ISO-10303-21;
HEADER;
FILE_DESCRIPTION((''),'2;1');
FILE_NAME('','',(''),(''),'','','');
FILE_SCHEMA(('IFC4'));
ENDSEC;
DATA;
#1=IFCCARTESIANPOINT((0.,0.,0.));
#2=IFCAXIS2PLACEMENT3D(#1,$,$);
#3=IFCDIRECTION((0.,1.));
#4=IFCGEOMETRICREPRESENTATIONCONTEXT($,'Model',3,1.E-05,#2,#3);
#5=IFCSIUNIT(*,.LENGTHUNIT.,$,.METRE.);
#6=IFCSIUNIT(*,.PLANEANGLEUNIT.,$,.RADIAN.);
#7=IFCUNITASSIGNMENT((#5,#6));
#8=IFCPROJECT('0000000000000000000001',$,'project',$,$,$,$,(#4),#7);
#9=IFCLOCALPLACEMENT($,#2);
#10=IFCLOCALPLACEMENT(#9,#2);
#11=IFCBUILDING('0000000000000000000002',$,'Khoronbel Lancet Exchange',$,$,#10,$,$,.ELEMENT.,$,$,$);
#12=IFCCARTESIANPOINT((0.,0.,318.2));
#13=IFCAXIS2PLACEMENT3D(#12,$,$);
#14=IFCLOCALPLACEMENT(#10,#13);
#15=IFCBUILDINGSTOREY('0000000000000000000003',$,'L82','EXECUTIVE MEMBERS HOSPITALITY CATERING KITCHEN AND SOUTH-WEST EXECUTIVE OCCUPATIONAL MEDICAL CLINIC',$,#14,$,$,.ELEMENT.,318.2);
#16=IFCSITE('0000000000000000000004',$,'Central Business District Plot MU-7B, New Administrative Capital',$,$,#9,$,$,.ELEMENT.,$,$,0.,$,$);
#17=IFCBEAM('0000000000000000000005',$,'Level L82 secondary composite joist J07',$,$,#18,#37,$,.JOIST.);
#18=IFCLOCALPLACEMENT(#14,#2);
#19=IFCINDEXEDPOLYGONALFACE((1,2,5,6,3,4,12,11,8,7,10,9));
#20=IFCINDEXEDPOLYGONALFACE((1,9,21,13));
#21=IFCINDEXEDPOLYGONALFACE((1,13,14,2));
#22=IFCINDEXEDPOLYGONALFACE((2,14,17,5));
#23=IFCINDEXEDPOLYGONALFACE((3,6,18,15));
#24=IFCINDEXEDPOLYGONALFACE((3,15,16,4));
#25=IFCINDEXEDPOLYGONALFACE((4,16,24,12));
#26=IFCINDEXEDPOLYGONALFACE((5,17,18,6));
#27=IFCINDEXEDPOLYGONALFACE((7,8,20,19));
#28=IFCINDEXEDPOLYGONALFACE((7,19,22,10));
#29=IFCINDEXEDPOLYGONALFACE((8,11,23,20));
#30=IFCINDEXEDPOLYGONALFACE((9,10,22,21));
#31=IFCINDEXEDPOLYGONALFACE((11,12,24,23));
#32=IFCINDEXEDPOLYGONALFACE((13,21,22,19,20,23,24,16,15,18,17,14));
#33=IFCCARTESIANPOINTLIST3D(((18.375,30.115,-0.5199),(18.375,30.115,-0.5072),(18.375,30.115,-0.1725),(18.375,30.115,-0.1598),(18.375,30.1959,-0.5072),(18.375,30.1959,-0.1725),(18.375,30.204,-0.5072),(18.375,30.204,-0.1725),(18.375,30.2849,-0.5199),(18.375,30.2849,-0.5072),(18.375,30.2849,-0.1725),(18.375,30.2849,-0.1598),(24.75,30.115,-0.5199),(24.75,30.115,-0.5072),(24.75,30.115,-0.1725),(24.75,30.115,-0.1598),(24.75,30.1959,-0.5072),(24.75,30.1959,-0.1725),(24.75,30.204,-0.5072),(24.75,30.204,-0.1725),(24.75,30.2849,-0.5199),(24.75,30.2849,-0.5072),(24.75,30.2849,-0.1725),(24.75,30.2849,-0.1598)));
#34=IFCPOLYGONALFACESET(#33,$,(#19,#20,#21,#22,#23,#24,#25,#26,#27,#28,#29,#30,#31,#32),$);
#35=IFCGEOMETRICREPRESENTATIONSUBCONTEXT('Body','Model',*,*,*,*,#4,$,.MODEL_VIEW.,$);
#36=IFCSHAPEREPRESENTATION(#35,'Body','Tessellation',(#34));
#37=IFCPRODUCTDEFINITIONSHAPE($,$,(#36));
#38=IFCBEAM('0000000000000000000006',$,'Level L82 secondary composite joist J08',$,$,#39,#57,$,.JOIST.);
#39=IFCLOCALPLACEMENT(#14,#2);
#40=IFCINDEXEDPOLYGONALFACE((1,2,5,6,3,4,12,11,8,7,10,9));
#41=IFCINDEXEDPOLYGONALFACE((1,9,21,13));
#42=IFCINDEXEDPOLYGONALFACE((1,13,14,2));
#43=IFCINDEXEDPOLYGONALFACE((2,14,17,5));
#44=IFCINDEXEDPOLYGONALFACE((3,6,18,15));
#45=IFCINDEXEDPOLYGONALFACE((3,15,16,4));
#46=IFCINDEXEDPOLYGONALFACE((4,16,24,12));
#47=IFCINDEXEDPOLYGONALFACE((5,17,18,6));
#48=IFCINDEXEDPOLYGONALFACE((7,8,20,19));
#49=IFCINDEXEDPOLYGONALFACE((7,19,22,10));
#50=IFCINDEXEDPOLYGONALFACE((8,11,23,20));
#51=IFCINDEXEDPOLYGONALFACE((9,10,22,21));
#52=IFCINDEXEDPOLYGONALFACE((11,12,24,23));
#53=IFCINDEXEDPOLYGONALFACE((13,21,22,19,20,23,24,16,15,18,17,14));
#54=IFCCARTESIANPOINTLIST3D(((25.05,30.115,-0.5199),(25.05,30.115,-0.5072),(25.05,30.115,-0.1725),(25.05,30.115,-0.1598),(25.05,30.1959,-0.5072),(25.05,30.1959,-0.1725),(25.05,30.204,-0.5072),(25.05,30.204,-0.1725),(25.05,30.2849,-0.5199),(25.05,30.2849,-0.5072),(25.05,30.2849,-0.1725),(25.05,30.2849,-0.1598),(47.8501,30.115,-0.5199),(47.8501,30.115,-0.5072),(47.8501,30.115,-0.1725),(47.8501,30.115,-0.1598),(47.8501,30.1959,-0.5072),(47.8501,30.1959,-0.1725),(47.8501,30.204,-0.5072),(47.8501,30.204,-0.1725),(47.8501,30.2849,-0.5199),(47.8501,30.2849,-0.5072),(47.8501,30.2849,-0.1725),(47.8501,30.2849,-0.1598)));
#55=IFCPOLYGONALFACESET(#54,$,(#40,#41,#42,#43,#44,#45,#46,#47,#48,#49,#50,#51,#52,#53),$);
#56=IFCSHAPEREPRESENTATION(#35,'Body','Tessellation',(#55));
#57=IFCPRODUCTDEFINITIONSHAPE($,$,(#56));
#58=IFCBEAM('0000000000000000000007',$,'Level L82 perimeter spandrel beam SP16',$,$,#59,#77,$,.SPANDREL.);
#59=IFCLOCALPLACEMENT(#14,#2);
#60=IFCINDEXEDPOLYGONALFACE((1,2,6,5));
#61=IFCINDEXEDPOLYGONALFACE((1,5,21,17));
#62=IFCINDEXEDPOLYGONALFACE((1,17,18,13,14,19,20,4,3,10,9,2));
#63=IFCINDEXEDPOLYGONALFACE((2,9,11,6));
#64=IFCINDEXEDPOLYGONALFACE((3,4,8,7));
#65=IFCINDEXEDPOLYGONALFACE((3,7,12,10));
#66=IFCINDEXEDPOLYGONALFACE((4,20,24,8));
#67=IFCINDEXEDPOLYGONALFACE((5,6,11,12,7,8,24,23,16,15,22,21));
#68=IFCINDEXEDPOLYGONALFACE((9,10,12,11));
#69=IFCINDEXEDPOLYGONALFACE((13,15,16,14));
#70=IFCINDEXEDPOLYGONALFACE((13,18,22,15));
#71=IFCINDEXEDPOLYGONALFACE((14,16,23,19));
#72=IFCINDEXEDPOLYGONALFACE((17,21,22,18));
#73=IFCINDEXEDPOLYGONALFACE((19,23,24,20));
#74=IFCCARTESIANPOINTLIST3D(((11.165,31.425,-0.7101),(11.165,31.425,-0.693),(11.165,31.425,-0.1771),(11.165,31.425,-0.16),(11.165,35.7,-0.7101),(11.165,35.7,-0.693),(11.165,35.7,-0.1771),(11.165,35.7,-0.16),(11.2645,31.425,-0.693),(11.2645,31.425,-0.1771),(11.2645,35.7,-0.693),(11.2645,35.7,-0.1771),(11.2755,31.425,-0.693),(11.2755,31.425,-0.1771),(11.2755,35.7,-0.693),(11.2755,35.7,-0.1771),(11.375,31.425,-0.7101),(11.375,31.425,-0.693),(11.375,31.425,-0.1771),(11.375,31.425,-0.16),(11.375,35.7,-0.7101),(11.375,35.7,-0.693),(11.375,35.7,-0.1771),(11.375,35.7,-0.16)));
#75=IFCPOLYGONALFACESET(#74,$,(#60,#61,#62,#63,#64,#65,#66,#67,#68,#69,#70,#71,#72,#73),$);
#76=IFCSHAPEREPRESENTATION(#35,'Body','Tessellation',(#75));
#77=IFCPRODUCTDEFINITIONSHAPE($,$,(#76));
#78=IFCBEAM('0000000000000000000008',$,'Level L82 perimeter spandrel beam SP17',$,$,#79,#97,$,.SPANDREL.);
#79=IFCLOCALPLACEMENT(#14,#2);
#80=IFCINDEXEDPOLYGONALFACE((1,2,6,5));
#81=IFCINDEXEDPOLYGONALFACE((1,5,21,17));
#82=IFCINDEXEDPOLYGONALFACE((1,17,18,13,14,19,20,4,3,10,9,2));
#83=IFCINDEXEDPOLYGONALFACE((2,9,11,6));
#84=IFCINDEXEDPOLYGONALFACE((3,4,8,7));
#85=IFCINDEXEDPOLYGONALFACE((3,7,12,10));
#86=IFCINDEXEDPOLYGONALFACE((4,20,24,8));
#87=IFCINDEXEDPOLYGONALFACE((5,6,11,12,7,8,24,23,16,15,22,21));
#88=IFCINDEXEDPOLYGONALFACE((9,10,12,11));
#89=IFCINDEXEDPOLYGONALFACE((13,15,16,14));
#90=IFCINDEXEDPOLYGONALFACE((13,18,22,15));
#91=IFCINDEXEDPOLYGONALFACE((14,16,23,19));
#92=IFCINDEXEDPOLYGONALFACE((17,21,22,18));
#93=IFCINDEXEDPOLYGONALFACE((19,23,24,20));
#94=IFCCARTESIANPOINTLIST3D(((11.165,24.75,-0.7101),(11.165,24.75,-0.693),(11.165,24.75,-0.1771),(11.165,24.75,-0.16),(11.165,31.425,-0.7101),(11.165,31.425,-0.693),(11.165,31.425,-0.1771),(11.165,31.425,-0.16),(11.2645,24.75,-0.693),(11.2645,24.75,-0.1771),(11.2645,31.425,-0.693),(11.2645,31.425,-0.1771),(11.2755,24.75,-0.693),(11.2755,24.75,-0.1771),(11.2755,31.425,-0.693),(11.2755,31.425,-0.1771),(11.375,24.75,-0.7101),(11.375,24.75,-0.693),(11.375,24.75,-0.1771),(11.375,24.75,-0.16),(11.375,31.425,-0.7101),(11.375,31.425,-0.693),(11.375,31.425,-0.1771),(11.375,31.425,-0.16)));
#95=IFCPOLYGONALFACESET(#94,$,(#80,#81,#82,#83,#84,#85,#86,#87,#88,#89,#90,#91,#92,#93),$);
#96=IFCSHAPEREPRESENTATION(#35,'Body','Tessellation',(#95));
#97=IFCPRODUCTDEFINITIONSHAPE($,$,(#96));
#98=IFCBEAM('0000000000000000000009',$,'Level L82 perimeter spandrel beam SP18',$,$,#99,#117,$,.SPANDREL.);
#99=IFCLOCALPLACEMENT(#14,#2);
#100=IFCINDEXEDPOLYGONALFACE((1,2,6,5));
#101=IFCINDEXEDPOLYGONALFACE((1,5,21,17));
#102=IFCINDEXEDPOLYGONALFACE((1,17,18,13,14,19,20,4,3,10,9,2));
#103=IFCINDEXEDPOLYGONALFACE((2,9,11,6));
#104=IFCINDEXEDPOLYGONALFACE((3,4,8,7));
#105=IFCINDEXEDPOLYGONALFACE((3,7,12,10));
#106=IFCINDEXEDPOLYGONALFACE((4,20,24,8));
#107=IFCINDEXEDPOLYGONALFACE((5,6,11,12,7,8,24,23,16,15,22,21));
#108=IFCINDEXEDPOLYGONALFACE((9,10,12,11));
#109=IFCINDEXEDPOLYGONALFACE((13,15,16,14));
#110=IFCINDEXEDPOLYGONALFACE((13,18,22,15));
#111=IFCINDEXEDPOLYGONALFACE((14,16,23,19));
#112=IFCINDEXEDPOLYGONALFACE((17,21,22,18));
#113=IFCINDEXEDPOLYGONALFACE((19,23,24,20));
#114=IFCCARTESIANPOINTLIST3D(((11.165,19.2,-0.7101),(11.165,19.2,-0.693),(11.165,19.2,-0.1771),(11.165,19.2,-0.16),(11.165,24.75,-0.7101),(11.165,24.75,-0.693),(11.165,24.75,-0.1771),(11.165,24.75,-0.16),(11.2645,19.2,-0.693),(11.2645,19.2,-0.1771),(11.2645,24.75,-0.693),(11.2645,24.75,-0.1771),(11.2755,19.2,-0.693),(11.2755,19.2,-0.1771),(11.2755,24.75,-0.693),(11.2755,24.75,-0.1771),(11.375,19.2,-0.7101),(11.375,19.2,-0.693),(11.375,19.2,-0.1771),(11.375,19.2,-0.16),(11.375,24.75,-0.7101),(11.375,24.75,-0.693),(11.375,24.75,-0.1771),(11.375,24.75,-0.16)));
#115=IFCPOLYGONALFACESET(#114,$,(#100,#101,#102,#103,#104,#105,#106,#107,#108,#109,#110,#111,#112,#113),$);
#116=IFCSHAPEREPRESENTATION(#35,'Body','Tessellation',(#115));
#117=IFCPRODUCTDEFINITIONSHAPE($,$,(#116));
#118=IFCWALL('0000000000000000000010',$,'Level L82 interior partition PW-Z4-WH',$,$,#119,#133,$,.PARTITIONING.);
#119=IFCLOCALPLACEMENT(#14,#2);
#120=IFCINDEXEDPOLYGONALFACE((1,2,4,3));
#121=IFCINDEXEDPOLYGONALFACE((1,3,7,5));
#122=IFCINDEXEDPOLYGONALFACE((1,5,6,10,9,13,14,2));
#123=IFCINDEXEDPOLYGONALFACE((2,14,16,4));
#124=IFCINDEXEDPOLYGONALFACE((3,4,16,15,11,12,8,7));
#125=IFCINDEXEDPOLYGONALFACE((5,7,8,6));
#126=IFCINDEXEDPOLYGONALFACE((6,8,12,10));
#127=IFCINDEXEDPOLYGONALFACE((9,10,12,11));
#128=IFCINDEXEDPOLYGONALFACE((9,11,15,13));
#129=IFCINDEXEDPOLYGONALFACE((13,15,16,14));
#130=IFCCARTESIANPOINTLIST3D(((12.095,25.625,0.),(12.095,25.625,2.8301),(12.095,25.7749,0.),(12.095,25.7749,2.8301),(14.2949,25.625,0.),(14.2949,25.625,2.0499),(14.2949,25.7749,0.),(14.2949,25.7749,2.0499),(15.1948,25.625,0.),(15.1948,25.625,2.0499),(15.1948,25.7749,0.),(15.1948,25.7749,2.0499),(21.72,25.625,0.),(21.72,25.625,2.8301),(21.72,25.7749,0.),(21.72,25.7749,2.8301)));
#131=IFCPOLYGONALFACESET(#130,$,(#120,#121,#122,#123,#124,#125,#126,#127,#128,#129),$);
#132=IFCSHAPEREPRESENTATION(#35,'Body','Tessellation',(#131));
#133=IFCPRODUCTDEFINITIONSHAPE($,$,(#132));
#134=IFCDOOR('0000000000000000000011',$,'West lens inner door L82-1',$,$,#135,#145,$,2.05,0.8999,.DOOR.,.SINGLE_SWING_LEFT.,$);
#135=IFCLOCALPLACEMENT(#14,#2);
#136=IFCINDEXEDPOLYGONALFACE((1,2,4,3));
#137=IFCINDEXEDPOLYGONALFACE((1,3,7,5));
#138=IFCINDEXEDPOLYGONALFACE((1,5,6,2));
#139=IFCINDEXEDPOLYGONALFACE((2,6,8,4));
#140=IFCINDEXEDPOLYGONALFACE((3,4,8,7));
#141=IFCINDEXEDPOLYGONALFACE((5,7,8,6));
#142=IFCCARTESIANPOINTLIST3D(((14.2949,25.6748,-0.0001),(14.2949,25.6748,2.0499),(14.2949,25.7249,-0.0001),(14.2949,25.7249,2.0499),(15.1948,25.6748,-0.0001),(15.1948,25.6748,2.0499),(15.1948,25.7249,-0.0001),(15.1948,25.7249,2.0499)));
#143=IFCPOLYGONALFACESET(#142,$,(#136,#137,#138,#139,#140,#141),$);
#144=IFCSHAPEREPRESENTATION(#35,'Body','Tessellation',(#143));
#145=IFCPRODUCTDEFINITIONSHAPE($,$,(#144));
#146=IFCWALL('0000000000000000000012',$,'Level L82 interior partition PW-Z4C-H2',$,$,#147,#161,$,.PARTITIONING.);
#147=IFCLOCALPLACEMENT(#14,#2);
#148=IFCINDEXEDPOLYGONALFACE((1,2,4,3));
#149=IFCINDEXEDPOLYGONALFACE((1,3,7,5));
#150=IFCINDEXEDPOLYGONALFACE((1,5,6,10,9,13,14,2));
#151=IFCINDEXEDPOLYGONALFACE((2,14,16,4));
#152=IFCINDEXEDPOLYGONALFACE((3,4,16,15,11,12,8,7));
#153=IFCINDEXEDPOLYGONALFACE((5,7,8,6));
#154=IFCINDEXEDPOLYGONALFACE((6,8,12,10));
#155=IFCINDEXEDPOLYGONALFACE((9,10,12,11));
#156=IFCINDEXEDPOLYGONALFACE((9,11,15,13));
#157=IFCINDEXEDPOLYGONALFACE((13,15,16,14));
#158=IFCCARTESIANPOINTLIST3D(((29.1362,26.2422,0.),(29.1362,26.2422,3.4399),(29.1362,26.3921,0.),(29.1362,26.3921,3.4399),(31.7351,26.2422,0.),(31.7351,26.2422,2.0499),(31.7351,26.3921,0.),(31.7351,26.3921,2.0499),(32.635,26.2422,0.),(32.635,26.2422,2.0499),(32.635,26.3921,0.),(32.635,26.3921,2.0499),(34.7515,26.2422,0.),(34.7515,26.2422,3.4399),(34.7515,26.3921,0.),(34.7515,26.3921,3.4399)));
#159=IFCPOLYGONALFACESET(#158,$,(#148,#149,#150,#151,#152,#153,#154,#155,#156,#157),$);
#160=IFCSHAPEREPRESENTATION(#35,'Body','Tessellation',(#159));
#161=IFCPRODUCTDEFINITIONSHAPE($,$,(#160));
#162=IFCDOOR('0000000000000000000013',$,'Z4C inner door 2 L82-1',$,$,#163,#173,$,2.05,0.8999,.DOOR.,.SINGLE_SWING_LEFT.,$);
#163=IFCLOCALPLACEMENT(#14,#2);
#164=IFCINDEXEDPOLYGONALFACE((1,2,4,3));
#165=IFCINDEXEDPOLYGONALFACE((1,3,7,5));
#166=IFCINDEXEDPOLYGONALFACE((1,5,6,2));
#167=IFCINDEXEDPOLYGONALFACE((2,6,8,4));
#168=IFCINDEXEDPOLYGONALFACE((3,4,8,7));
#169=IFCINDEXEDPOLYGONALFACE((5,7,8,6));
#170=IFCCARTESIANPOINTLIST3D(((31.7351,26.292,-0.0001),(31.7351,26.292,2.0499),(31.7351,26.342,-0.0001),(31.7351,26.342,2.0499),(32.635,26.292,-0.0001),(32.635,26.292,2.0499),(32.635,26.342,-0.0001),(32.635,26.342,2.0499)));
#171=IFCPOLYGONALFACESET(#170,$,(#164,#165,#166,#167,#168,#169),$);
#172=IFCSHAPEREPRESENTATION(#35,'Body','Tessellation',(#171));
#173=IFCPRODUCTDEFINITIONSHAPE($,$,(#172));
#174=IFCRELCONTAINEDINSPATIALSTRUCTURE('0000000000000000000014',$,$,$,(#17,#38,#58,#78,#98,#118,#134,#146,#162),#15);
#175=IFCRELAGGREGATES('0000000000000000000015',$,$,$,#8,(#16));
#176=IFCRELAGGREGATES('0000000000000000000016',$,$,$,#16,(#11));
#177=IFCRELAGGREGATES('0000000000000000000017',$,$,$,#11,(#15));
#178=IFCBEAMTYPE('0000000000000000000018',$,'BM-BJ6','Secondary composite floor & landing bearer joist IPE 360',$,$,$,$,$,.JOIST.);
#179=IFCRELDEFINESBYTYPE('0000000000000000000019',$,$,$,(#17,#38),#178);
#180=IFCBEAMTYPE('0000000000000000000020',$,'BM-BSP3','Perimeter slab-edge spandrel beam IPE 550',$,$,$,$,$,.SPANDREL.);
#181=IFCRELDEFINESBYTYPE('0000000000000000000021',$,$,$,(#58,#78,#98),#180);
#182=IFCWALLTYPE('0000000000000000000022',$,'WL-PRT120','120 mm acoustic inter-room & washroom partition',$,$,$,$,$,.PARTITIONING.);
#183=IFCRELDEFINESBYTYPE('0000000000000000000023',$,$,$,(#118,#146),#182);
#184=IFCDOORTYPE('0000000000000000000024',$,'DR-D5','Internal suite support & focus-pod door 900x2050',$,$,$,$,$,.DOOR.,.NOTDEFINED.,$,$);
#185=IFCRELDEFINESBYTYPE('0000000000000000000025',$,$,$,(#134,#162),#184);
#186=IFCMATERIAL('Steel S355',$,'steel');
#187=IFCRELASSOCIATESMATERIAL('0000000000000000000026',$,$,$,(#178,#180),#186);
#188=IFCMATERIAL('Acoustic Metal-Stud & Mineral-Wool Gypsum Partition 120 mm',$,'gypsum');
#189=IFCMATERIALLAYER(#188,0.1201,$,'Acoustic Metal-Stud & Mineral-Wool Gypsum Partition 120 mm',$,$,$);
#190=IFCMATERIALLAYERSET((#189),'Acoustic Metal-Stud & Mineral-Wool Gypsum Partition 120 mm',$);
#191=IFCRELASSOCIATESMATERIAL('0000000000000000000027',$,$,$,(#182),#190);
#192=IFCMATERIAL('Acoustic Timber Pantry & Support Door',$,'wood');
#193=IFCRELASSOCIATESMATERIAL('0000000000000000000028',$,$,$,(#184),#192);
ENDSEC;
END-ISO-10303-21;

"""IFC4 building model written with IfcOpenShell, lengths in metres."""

from ifc_helpers import new_model, si_unit, direction, frame, frame_2d, origin, origin_2d, place, context, subcontext, project, spatial, rectangle, i_section, extrude, material, layer, layer_set, material_profile, profile_set, type_object, element, fill, save


model = new_model("IFC4")

# Units and contexts
model_context = context("Model", 3, precision=1e-05, world=origin(), true_north=direction((0.0, 1.0)))
body_context = subcontext(model_context, "Body", "Model", "MODEL_VIEW")
ifc_project = project(units=[si_unit("LENGTHUNIT", "METRE"), si_unit("PLANEANGLEUNIT", "RADIAN")], contexts=[model_context])

# Site, building, storey
site_placement = place(None, origin())
site = spatial("IfcSite", under=ifc_project, at=site_placement, Name="Central Business District Plot MU-7B, New Administrative Capital", CompositionType="ELEMENT", RefElevation=0.0)
building_placement = place(site_placement, origin())
building = spatial("IfcBuilding", under=site, at=building_placement, Name="Khoronbel Lancet Exchange", CompositionType="ELEMENT")
storey_placement = place(building_placement, frame((0.0, 0.0, 318.2)))
storey = spatial("IfcBuildingStorey", under=building, at=storey_placement, Name="L82", Description="EXECUTIVE MEMBERS HOSPITALITY CATERING KITCHEN AND SOUTH-WEST EXECUTIVE OCCUPATIONAL MEDICAL CLINIC", CompositionType="ELEMENT", Elevation=318.2)

# Shared definitions
ifc_material_1 = material(Name="Steel S355", Category="steel")

# Beams
ifc_material_profile_1 = material_profile(ifc_material_1, i_section(OverallWidth=0.1699, OverallDepth=0.3601, WebThickness=0.0081, FlangeThickness=0.0127, at=origin_2d()), Name="IPE 360")
ifc_profile_set_1 = profile_set([ifc_material_profile_1], Name="Steel S355")
beam_type_1 = type_object("IfcBeamType", Name="BM-BJ6", Description="Secondary composite floor & landing bearer joist IPE 360", PredefinedType="JOIST", material=ifc_profile_set_1)
beam_1_placement = place(storey_placement, frame((18.375, 30.2, -0.3398), z_axis=(1.0, 0.0, 0.0), x_axis=(0.0, 1.0, 0.0)))
element("IfcBeam", 1, at=beam_1_placement, inside=storey, type_object=beam_type_1, Name="Level L82 secondary composite joist J07", PredefinedType="JOIST", context=body_context, shape_type="SweptSolid", body=[
    extrude(i_section(OverallWidth=0.1699, OverallDepth=0.3601, WebThickness=0.0081, FlangeThickness=0.0127, at=origin_2d()), origin(), (0.0, 0.0, 1.0), 6.375),
])
beam_2_placement = place(storey_placement, frame((25.05, 30.2, -0.3398), z_axis=(1.0, 0.0, 0.0), x_axis=(0.0, 1.0, 0.0)))
element("IfcBeam", 2, at=beam_2_placement, inside=storey, type_object=beam_type_1, Name="Level L82 secondary composite joist J08", PredefinedType="JOIST", context=body_context, shape_type="SweptSolid", body=[
    extrude(i_section(OverallWidth=0.1699, OverallDepth=0.3601, WebThickness=0.0081, FlangeThickness=0.0127, at=origin_2d()), origin(), (0.0, 0.0, 1.0), 22.8),
])
ifc_material_profile_2 = material_profile(ifc_material_1, i_section(OverallWidth=0.21, OverallDepth=0.55, WebThickness=0.011, FlangeThickness=0.0171, at=origin_2d()), Name="IPE 550")
ifc_profile_set_2 = profile_set([ifc_material_profile_2], Name="Steel S355")
beam_type_2 = type_object("IfcBeamType", Name="BM-BSP3", Description="Perimeter slab-edge spandrel beam IPE 550", PredefinedType="SPANDREL", material=ifc_profile_set_2)
beam_3_placement = place(storey_placement, frame((11.27, 35.7, -0.4351), z_axis=(0.0, -1.0, 0.0), x_axis=(1.0, 0.0, 0.0)))
element("IfcBeam", 3, at=beam_3_placement, inside=storey, type_object=beam_type_2, Name="Level L82 perimeter spandrel beam SP16", PredefinedType="SPANDREL", context=body_context, shape_type="SweptSolid", body=[
    extrude(i_section(OverallWidth=0.21, OverallDepth=0.55, WebThickness=0.011, FlangeThickness=0.0171, at=origin_2d()), origin(), (0.0, 0.0, 1.0), 4.2749),
])
beam_4_placement = place(storey_placement, frame((11.27, 31.425, -0.4351), z_axis=(0.0, -1.0, 0.0), x_axis=(1.0, 0.0, 0.0)))
element("IfcBeam", 4, at=beam_4_placement, inside=storey, type_object=beam_type_2, Name="Level L82 perimeter spandrel beam SP17", PredefinedType="SPANDREL", context=body_context, shape_type="SweptSolid", body=[
    extrude(i_section(OverallWidth=0.21, OverallDepth=0.55, WebThickness=0.011, FlangeThickness=0.0171, at=origin_2d()), origin(), (0.0, 0.0, 1.0), 6.675),
])
beam_5_placement = place(storey_placement, frame((11.27, 24.75, -0.4351), z_axis=(0.0, -1.0, 0.0), x_axis=(1.0, 0.0, 0.0)))
element("IfcBeam", 5, at=beam_5_placement, inside=storey, type_object=beam_type_2, Name="Level L82 perimeter spandrel beam SP18", PredefinedType="SPANDREL", context=body_context, shape_type="SweptSolid", body=[
    extrude(i_section(OverallWidth=0.21, OverallDepth=0.55, WebThickness=0.011, FlangeThickness=0.0171, at=origin_2d()), origin(), (0.0, 0.0, 1.0), 5.55),
])

# Walls, openings, doors
ifc_material_2 = material(Name="Acoustic Metal-Stud & Mineral-Wool Gypsum Partition 120 mm", Category="gypsum")
ifc_layer_1 = layer(ifc_material_2, 0.1201, Name="Acoustic Metal-Stud & Mineral-Wool Gypsum Partition 120 mm")
ifc_layer_set_1 = layer_set([ifc_layer_1], Name="Acoustic Metal-Stud & Mineral-Wool Gypsum Partition 120 mm")
wall_type_1 = type_object("IfcWallType", Name="WL-PRT120", Description="120 mm acoustic inter-room & washroom partition", PredefinedType="PARTITIONING", material=ifc_layer_set_1)
wall_1_placement = place(storey_placement, frame((12.095, 25.7, 0.0), z_axis=(0.0, 0.0, 1.0), x_axis=(1.0, 0.0, 0.0)))
wall_1 = element("IfcWall", 6, at=wall_1_placement, inside=storey, type_object=wall_type_1, Name="Level L82 interior partition PW-Z4-WH", PredefinedType="PARTITIONING", context=body_context, shape_type="SweptSolid", body=[
    extrude(rectangle(XDim=9.625, YDim=0.1499, at=frame_2d((4.8125, 0.0))), origin(), (0.0, 0.0, 1.0), 2.8301),
])
opening_1_placement = place(wall_1_placement, frame((2.2, 0.0, 0.0)))
opening_1 = element("IfcOpeningElement", 7, at=opening_1_placement, cuts=wall_1, PredefinedType="OPENING", context=body_context, shape_type="SweptSolid", body=[
    extrude(rectangle(XDim=0.8999, YDim=2.05, at=frame_2d((0.45, 1.0249))), frame((0.0, 0.085, 0.0), z_axis=(0.0, -1.0, 0.0), x_axis=(1.0, 0.0, 0.0)), (0.0, 0.0, 1.0), 0.1699),
])
ifc_material_3 = material(Name="Acoustic Timber Pantry & Support Door", Category="wood")
door_type_1 = type_object("IfcDoorType", Name="DR-D5", Description="Internal suite support & focus-pod door 900x2050", OperationType="NOTDEFINED", PredefinedType="DOOR", material=ifc_material_3)
door_1_placement = place(opening_1_placement, origin())
door_1 = element("IfcDoor", 8, at=door_1_placement, inside=storey, type_object=door_type_1, Name="West lens inner door L82-1", OperationType="SINGLE_SWING_LEFT", OverallHeight=2.05, OverallWidth=0.8999, PredefinedType="DOOR", context=body_context, shape_type="SweptSolid", body=[
    extrude(rectangle(XDim=0.8999, YDim=2.05, at=frame_2d((0.45, 1.0249))), frame((0.0, 0.0249, 0.0), z_axis=(0.0, -1.0, 0.0), x_axis=(1.0, 0.0, 0.0)), (0.0, 0.0, 1.0), 0.05),
])
fill(opening_1, door_1)
wall_2_placement = place(storey_placement, frame((29.1362, 26.3171, 0.0), z_axis=(0.0, 0.0, 1.0), x_axis=(1.0, 0.0, 0.0)))
wall_2 = element("IfcWall", 9, at=wall_2_placement, inside=storey, type_object=wall_type_1, Name="Level L82 interior partition PW-Z4C-H2", PredefinedType="PARTITIONING", context=body_context, shape_type="SweptSolid", body=[
    extrude(rectangle(XDim=5.6152, YDim=0.1499, at=frame_2d((2.8076, 0.0))), origin(), (0.0, 0.0, 1.0), 3.4399),
])
opening_2_placement = place(wall_2_placement, frame((2.5989, 0.0, 0.0)))
opening_2 = element("IfcOpeningElement", 10, at=opening_2_placement, cuts=wall_2, PredefinedType="OPENING", context=body_context, shape_type="SweptSolid", body=[
    extrude(rectangle(XDim=0.8999, YDim=2.05, at=frame_2d((0.45, 1.0249))), frame((0.0, 0.085, 0.0), z_axis=(0.0, -1.0, 0.0), x_axis=(1.0, 0.0, 0.0)), (0.0, 0.0, 1.0), 0.1699),
])
door_2_placement = place(opening_2_placement, origin())
door_2 = element("IfcDoor", 11, at=door_2_placement, inside=storey, type_object=door_type_1, Name="Z4C inner door 2 L82-1", OperationType="SINGLE_SWING_LEFT", OverallHeight=2.05, OverallWidth=0.8999, PredefinedType="DOOR", context=body_context, shape_type="SweptSolid", body=[
    extrude(rectangle(XDim=0.8999, YDim=2.05, at=frame_2d((0.45, 1.0249))), frame((0.0, 0.0249, 0.0), z_axis=(0.0, -1.0, 0.0), x_axis=(1.0, 0.0, 0.0)), (0.0, 0.0, 1.0), 0.05),
])
fill(opening_2, door_2)

save(model, "model.ifc")
